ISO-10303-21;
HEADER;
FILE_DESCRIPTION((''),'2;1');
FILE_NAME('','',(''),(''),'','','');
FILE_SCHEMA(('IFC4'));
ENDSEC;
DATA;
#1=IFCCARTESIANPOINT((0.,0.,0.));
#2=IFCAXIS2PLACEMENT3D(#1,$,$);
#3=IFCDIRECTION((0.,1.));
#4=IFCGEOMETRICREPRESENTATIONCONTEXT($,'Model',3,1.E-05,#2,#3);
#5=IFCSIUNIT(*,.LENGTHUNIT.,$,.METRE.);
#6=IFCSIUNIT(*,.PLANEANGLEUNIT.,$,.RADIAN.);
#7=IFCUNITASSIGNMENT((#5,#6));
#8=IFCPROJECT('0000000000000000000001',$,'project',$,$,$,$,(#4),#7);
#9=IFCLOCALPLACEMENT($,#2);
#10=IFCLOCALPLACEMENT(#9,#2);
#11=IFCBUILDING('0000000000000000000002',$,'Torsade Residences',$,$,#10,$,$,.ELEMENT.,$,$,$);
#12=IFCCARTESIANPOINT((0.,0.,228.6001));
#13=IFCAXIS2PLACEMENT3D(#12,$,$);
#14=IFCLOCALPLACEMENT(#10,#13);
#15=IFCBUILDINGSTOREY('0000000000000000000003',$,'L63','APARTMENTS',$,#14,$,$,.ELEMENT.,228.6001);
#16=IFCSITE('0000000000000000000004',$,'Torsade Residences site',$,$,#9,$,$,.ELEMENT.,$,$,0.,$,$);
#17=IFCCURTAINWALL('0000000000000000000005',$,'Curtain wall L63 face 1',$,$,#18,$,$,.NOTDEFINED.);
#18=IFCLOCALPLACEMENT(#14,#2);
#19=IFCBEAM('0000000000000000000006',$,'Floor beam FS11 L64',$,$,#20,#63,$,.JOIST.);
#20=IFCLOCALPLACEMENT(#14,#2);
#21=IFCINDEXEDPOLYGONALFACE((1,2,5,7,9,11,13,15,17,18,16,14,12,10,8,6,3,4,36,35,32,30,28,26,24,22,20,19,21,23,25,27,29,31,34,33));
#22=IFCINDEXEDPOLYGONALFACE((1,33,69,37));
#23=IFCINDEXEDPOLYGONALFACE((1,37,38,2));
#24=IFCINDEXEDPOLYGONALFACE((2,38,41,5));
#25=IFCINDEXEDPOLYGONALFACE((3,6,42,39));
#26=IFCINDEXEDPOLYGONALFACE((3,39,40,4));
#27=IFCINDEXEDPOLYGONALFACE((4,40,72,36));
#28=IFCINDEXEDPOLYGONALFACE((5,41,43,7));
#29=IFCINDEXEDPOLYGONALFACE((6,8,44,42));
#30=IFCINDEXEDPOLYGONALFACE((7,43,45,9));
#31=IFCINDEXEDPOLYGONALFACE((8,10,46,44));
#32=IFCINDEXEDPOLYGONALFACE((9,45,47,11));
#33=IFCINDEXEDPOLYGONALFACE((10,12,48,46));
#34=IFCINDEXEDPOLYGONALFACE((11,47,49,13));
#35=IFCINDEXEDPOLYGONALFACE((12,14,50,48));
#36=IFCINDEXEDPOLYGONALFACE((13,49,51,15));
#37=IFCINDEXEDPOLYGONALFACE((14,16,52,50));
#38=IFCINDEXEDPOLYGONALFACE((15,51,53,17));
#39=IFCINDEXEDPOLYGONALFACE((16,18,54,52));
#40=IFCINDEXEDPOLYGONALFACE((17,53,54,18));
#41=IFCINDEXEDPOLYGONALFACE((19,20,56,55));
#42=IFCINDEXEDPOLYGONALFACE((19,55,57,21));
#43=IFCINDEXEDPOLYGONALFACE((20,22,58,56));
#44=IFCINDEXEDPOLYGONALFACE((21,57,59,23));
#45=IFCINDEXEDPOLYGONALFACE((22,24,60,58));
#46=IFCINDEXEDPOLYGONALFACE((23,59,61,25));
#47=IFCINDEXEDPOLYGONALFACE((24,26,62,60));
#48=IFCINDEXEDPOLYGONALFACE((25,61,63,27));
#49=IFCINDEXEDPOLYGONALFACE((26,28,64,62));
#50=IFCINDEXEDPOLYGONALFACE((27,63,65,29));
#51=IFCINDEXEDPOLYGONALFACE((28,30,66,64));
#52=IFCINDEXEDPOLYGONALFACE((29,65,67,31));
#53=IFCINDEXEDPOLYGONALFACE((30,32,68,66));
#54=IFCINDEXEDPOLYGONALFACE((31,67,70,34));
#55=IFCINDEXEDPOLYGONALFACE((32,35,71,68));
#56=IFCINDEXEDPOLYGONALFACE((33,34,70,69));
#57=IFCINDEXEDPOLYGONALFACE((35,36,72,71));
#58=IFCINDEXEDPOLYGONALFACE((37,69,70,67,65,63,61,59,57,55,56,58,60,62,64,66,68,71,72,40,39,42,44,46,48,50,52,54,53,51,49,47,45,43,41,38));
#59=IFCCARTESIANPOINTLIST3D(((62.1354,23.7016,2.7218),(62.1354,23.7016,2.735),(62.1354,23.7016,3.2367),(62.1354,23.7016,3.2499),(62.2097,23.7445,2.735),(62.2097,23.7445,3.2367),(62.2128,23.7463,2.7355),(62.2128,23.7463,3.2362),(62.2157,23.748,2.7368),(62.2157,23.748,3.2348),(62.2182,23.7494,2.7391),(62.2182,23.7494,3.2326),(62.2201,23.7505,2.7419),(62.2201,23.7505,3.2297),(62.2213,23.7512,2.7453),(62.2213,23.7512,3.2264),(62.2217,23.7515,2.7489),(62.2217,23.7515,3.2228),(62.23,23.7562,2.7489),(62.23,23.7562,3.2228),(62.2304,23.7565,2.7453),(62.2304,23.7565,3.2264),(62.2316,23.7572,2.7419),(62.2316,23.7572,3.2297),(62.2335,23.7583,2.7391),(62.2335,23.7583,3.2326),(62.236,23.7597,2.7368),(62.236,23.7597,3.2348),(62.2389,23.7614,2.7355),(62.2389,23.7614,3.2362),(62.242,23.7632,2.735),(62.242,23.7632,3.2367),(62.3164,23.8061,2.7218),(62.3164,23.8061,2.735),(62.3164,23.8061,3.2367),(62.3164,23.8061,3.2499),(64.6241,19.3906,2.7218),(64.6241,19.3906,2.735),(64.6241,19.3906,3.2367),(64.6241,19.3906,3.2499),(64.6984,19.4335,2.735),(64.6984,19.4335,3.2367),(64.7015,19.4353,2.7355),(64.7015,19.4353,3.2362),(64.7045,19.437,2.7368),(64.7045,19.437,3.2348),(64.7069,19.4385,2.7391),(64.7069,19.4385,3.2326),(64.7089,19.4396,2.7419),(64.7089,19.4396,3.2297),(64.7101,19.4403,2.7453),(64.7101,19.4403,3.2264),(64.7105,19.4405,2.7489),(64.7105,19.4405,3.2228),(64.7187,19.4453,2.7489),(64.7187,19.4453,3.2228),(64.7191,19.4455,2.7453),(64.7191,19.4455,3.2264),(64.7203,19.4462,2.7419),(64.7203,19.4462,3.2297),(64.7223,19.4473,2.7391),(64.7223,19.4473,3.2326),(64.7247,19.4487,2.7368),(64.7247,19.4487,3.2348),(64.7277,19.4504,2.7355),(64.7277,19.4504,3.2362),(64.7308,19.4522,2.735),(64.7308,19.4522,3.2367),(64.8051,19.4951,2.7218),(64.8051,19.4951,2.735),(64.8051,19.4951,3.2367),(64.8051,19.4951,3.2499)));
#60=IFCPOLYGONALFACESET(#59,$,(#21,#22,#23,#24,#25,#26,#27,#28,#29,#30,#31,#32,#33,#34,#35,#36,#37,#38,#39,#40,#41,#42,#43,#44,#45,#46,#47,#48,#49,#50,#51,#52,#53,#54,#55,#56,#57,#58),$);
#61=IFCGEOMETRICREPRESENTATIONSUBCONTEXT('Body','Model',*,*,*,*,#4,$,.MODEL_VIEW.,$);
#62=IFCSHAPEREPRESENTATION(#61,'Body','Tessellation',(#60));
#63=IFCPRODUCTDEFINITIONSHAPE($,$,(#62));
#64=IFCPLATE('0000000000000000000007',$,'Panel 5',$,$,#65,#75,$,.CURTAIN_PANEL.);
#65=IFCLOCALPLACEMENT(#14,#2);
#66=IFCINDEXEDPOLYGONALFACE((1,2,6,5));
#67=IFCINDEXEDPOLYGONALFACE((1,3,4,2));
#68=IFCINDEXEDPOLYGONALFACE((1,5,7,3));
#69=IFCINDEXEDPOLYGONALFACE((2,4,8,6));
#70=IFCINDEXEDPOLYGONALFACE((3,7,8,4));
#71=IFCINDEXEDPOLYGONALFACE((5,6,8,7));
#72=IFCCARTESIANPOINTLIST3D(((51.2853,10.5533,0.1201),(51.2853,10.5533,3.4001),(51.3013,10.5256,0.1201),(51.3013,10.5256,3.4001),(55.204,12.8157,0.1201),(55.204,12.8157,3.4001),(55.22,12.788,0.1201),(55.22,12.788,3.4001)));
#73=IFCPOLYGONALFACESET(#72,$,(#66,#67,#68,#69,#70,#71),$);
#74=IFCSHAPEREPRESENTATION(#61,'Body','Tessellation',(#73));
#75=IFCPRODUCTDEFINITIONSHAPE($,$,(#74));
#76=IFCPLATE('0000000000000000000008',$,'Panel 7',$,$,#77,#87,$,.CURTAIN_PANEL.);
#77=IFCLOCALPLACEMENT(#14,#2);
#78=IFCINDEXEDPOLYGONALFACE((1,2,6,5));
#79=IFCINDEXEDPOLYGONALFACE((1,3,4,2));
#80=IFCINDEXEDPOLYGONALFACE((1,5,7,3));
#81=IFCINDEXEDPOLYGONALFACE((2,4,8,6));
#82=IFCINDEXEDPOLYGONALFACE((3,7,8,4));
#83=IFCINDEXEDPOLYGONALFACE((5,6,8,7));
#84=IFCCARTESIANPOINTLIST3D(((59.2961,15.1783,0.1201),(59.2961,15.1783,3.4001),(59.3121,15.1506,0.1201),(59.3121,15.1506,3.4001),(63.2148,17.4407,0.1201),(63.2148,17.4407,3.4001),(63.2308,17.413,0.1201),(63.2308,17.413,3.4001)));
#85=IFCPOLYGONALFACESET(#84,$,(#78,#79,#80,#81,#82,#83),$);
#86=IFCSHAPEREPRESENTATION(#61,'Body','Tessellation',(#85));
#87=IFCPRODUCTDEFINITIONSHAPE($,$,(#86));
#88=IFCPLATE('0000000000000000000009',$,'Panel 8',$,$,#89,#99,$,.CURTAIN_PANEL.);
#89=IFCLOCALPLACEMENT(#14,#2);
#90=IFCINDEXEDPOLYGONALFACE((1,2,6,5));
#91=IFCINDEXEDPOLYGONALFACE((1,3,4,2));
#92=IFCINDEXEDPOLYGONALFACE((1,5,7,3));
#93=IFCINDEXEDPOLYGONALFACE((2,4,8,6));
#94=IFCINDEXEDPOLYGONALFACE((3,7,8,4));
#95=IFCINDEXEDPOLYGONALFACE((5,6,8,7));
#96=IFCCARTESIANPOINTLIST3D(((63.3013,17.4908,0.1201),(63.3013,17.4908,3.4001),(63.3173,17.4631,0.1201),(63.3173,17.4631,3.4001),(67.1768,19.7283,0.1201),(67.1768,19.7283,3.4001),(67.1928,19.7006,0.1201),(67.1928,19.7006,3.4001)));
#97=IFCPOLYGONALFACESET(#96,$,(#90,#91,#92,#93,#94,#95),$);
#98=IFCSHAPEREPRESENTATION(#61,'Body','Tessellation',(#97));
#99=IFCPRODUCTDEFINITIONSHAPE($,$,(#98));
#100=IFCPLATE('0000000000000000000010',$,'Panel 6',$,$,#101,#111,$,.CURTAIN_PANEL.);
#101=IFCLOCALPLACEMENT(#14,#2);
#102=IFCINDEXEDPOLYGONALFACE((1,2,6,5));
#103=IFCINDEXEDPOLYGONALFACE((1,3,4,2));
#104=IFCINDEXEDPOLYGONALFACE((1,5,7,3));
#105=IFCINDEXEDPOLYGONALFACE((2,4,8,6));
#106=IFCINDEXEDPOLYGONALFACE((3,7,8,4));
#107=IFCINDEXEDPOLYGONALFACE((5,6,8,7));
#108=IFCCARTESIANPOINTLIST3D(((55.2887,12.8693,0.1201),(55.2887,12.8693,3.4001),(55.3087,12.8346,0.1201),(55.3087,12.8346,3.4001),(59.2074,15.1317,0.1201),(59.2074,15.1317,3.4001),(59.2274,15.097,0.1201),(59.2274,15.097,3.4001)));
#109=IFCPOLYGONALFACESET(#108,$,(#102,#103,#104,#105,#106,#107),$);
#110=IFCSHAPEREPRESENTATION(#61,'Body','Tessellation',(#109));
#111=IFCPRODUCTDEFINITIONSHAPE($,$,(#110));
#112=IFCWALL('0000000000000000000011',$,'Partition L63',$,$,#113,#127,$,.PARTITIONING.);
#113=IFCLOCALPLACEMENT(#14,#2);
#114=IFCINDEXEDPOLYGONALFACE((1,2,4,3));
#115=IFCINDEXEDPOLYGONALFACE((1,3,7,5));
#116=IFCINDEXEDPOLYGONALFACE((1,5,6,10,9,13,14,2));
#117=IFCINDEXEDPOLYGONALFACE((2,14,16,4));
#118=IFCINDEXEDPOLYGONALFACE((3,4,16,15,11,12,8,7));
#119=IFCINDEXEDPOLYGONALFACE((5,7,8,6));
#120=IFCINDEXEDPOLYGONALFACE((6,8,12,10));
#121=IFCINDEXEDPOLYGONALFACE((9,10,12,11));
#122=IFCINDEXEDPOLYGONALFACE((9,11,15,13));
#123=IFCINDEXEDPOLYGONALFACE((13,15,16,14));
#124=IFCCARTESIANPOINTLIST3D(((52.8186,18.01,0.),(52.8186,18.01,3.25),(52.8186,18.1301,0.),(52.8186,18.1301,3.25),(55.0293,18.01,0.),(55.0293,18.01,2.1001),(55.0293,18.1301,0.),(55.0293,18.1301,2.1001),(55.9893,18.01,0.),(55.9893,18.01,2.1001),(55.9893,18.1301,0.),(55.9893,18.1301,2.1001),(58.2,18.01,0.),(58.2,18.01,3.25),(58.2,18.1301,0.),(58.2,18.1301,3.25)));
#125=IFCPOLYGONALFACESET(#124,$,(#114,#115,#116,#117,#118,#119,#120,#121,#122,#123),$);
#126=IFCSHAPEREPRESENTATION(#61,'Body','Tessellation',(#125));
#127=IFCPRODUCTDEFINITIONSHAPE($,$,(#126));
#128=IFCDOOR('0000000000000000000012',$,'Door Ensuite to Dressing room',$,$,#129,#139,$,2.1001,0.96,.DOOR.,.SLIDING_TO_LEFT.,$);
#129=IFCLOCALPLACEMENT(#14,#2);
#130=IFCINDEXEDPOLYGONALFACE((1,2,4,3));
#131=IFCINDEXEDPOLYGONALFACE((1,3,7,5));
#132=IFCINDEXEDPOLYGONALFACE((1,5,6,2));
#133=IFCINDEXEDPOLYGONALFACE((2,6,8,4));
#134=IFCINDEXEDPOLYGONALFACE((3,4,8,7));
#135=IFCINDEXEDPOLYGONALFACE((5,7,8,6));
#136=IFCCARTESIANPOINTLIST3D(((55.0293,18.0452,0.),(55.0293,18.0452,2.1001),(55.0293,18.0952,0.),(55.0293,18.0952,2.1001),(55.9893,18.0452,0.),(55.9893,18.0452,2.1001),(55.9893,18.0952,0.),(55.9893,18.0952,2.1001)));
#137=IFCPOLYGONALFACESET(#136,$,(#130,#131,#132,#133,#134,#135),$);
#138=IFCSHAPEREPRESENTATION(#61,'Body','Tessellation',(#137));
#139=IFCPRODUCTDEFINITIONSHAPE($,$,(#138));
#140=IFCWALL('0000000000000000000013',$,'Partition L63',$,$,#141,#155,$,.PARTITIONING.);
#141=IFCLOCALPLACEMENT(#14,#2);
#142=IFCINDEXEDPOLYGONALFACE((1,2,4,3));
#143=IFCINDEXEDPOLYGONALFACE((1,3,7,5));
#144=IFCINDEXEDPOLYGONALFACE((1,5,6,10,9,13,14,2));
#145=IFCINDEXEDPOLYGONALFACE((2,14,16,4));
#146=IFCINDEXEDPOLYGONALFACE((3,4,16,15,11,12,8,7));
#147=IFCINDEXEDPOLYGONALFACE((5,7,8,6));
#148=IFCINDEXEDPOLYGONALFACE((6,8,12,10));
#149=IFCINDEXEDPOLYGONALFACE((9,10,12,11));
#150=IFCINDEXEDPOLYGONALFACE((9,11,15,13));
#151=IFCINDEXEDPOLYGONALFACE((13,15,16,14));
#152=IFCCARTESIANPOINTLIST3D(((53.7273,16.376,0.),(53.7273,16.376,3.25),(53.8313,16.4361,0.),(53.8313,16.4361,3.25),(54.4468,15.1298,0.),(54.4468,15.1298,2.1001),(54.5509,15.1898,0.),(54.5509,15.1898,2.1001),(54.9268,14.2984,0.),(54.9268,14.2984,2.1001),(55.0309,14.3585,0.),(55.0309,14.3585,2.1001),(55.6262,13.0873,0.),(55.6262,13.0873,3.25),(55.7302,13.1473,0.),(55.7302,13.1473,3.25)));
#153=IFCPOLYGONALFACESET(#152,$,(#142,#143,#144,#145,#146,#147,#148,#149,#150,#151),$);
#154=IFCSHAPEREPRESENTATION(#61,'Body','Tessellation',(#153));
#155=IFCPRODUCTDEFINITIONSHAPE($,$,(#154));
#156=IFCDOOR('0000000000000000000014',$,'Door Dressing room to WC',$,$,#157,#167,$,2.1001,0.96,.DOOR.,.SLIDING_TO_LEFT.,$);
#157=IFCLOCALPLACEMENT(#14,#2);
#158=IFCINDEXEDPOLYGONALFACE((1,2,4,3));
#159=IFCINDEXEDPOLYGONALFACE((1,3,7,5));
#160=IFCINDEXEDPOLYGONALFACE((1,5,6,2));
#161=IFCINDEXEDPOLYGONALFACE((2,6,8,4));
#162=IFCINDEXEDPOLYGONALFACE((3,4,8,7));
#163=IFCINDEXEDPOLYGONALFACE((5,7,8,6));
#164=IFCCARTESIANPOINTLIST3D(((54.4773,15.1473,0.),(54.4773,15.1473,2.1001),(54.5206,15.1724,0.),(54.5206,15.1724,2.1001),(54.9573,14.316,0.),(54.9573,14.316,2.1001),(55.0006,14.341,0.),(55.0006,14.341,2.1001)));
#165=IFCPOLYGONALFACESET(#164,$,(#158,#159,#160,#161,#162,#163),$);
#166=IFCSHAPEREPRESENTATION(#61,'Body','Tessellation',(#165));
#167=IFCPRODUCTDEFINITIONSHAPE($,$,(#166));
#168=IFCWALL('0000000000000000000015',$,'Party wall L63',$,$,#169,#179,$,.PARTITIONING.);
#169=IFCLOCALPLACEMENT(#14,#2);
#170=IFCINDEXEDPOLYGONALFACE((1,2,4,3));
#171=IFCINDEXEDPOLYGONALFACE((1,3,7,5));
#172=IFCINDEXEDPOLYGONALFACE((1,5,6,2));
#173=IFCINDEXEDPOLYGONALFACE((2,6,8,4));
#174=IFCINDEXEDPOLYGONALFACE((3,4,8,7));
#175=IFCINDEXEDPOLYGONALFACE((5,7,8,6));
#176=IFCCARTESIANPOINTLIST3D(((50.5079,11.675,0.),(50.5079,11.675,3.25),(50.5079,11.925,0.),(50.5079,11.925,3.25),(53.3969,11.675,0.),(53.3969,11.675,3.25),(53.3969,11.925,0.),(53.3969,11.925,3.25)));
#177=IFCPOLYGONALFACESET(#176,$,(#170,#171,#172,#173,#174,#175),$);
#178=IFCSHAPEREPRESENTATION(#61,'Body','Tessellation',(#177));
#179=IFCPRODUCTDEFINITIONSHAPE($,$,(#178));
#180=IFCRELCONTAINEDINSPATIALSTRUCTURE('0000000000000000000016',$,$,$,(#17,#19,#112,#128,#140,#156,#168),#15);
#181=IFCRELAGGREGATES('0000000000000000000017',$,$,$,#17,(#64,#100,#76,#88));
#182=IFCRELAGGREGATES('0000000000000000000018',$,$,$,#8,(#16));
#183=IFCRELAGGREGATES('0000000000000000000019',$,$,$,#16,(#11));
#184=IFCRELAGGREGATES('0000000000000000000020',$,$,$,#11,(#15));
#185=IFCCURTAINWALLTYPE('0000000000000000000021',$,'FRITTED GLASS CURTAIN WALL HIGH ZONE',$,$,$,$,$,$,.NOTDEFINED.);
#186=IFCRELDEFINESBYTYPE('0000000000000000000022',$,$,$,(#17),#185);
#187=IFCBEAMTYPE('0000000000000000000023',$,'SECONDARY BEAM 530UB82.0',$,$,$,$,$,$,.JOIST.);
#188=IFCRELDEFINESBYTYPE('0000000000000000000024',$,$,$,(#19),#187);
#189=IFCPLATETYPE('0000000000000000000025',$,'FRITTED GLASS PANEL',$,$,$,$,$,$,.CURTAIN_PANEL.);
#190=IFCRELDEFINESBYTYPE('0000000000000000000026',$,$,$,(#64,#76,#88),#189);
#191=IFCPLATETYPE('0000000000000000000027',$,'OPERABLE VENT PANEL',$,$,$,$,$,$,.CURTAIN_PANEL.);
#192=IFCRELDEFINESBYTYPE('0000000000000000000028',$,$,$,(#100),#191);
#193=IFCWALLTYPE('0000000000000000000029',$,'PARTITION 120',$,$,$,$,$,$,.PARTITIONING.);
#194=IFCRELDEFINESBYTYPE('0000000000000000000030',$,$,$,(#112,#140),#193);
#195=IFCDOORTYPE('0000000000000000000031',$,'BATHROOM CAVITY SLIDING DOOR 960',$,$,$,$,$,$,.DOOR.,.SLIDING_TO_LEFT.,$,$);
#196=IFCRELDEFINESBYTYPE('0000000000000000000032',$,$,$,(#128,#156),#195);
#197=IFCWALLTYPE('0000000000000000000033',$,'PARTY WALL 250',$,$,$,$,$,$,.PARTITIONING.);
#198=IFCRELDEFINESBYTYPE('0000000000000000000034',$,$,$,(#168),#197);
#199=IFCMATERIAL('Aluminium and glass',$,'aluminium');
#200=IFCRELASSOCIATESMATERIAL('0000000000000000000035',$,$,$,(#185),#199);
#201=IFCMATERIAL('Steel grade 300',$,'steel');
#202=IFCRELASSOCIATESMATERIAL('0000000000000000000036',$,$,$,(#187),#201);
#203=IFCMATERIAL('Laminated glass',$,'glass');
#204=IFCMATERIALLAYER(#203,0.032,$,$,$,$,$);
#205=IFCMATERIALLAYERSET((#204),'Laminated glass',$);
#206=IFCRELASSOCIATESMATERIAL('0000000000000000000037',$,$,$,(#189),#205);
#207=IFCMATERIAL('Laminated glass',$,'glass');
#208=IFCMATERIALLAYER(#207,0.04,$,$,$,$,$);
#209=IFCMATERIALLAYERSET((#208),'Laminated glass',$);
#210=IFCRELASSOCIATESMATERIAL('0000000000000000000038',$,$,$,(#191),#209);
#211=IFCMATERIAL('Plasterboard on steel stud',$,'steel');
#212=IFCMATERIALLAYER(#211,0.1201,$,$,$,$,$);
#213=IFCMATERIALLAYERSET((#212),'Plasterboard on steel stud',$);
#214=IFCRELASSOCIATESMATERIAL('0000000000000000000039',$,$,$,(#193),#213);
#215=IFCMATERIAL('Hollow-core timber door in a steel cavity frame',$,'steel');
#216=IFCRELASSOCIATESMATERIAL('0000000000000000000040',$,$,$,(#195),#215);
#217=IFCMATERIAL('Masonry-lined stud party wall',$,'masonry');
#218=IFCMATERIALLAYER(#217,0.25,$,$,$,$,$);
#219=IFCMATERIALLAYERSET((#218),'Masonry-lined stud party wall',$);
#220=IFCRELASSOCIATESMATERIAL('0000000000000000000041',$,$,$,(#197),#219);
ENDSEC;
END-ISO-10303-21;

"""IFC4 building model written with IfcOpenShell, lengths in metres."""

from ifc_helpers import new_model, si_unit, direction, frame, frame_2d, origin, origin_2d, place, context, subcontext, project, spatial, rectangle, i_section, extrude, material, layer, layer_set, material_profile, profile_set, type_object, element, fill, aggregate, save


model = new_model("IFC4")

# Units and contexts
model_context = context("Model", 3, precision=1e-05, world=origin(), true_north=direction((0.0, 1.0)))
body_context = subcontext(model_context, "Body", "Model", "MODEL_VIEW")
ifc_project = project(units=[si_unit("LENGTHUNIT", "METRE"), si_unit("PLANEANGLEUNIT", "RADIAN")], contexts=[model_context])

# Site, building, storey
site_placement = place(None, origin())
site = spatial("IfcSite", under=ifc_project, at=site_placement, Name="Torsade Residences site", CompositionType="ELEMENT", RefElevation=0.0)
building_placement = place(site_placement, origin())
building = spatial("IfcBuilding", under=site, at=building_placement, Name="Torsade Residences", CompositionType="ELEMENT")
storey_placement = place(building_placement, frame((0.0, 0.0, 228.6001)))
storey = spatial("IfcBuildingStorey", under=building, at=storey_placement, Name="L63", Description="APARTMENTS", CompositionType="ELEMENT", Elevation=228.6001)

# Curtain wall
ifc_material_1 = material(Name="Aluminium and glass", Category="aluminium")
curtain_wall_type = type_object("IfcCurtainWallType", Name="FRITTED GLASS CURTAIN WALL HIGH ZONE", PredefinedType="NOTDEFINED", material=ifc_material_1)
curtain_wall_placement = place(storey_placement, origin())
curtain_wall = element("IfcCurtainWall", 1, at=curtain_wall_placement, inside=storey, type_object=curtain_wall_type, Name="Curtain wall L63 face 1", PredefinedType="NOTDEFINED")

# Beam
ifc_material_2 = material(Name="Steel grade 300", Category="steel")
ifc_material_profile_1 = material_profile(ifc_material_2, i_section(OverallWidth=0.209, OverallDepth=0.5281, WebThickness=0.0095, FlangeThickness=0.0132, FilletRadius=0.0139, at=origin_2d()), Name="530UB82.0")
ifc_profile_set_1 = profile_set([ifc_material_profile_1], Name="Steel grade 300")
beam_type_1 = type_object("IfcBeamType", Name="SECONDARY BEAM 530UB82.0", PredefinedType="JOIST", material=ifc_profile_set_1)
beam_1_placement = place(storey_placement, frame((64.7146, 19.4429, 2.9858), z_axis=(-0.499969, 0.866043, 0.0), x_axis=(-0.866043, -0.499969, 0.0)))
element("IfcBeam", 2, at=beam_1_placement, inside=storey, type_object=beam_type_1, Name="Floor beam FS11 L64", PredefinedType="JOIST", context=body_context, shape_type="SweptSolid", body=[
    extrude(i_section(OverallWidth=0.209, OverallDepth=0.5281, WebThickness=0.0095, FlangeThickness=0.0132, FilletRadius=0.0139, at=origin_2d()), origin(), (0.0, 0.0, 1.0), 4.9778),
])

# Plates
ifc_material_3 = material(Name="Laminated glass", Category="glass")
ifc_layer_1 = layer(ifc_material_3, 0.032)
ifc_layer_set_1 = layer_set([ifc_layer_1], Name="Laminated glass")
plate_type_1 = type_object("IfcPlateType", Name="FRITTED GLASS PANEL", PredefinedType="CURTAIN_PANEL", material=ifc_layer_set_1)
plate_1_placement = place(storey_placement, frame((53.2527, 11.6707, 0.1201), z_axis=(0.0, 0.0, 1.0), x_axis=(0.866025, 0.5, 0.0)))
plate_1 = element("IfcPlate", 3, at=plate_1_placement, type_object=plate_type_1, Name="Panel 5", PredefinedType="CURTAIN_PANEL", context=body_context, shape_type="SweptSolid", body=[
    extrude(rectangle(XDim=4.5249, YDim=0.032, at=origin_2d()), origin(), (0.0, 0.0, 1.0), 3.28),
])
plate_2_placement = place(storey_placement, frame((61.2634, 16.2957, 0.1201), z_axis=(0.0, 0.0, 1.0), x_axis=(0.866025, 0.5, 0.0)))
plate_2 = element("IfcPlate", 4, at=plate_2_placement, type_object=plate_type_1, Name="Panel 7", PredefinedType="CURTAIN_PANEL", context=body_context, shape_type="SweptSolid", body=[
    extrude(rectangle(XDim=4.5249, YDim=0.032, at=origin_2d()), origin(), (0.0, 0.0, 1.0), 3.28),
])
plate_3_placement = place(storey_placement, frame((65.2471, 18.5957, 0.1201), z_axis=(0.0, 0.0, 1.0), x_axis=(0.866025, 0.5, 0.0)))
plate_3 = element("IfcPlate", 5, at=plate_3_placement, type_object=plate_type_1, Name="Panel 8", PredefinedType="CURTAIN_PANEL", context=body_context, shape_type="SweptSolid", body=[
    extrude(rectangle(XDim=4.4751, YDim=0.032, at=origin_2d()), origin(), (0.0, 0.0, 1.0), 3.28),
])
ifc_material_4 = material(Name="Laminated glass", Category="glass")
ifc_layer_2 = layer(ifc_material_4, 0.04)
ifc_layer_set_2 = layer_set([ifc_layer_2], Name="Laminated glass")
plate_type_2 = type_object("IfcPlateType", Name="OPERABLE VENT PANEL", PredefinedType="CURTAIN_PANEL", material=ifc_layer_set_2)
plate_4_placement = place(storey_placement, frame((57.2581, 13.9832, 0.1201), z_axis=(0.0, 0.0, 1.0), x_axis=(0.866025, 0.5, 0.0)))
plate_4 = element("IfcPlate", 6, at=plate_4_placement, type_object=plate_type_2, Name="Panel 6", PredefinedType="CURTAIN_PANEL", context=body_context, shape_type="SweptSolid", body=[
    extrude(rectangle(XDim=4.5249, YDim=0.04, at=origin_2d()), origin(), (0.0, 0.0, 1.0), 3.28),
])
aggregate(curtain_wall, [plate_1, plate_4, plate_2, plate_3])

# Walls, openings, doors
ifc_material_5 = material(Name="Plasterboard on steel stud", Category="steel")
ifc_layer_3 = layer(ifc_material_5, 0.1201)
ifc_layer_set_3 = layer_set([ifc_layer_3], Name="Plasterboard on steel stud")
wall_type_1 = type_object("IfcWallType", Name="PARTITION 120", PredefinedType="PARTITIONING", material=ifc_layer_set_3)
wall_1_placement = place(storey_placement, frame((58.2, 18.0701, 0.0), z_axis=(0.0, 0.0, 1.0), x_axis=(-1.0, 0.0, 0.0)))
wall_1 = element("IfcWall", 7, at=wall_1_placement, inside=storey, type_object=wall_type_1, Name="Partition L63", PredefinedType="PARTITIONING", context=body_context, shape_type="SweptSolid", body=[
    extrude(rectangle(XDim=5.3813, YDim=0.1201, at=frame_2d((2.6907, 0.0))), origin(), (0.0, 0.0, 1.0), 3.25),
])
opening_1_placement = place(wall_1_placement, frame((2.2107, 0.0, 0.0)))
opening_1 = element("IfcOpeningElement", 8, at=opening_1_placement, cuts=wall_1, PredefinedType="OPENING", context=body_context, shape_type="SweptSolid", body=[
    extrude(rectangle(XDim=0.96, YDim=2.1001, at=frame_2d((0.48, 1.05))), frame((0.0, 0.0701, 0.0), z_axis=(0.0, -1.0, 0.0), x_axis=(1.0, 0.0, 0.0)), (0.0, 0.0, 1.0), 0.1401),
])
ifc_material_6 = material(Name="Hollow-core timber door in a steel cavity frame", Category="steel")
door_type_1 = type_object("IfcDoorType", Name="BATHROOM CAVITY SLIDING DOOR 960", OperationType="SLIDING_TO_LEFT", PredefinedType="DOOR", material=ifc_material_6)
door_1_placement = place(opening_1_placement, origin())
door_1 = element("IfcDoor", 9, at=door_1_placement, inside=storey, type_object=door_type_1, Name="Door Ensuite to Dressing room", OperationType="SLIDING_TO_LEFT", OverallHeight=2.1001, OverallWidth=0.96, PredefinedType="DOOR", context=body_context, shape_type="SweptSolid", body=[
    extrude(rectangle(XDim=0.96, YDim=2.1001, at=frame_2d((0.48, 1.05))), frame((0.0, 0.0249, 0.0), z_axis=(0.0, -1.0, 0.0), x_axis=(1.0, 0.0, 0.0)), (0.0, 0.0, 1.0), 0.05),
])
fill(opening_1, door_1)
wall_2_placement = place(storey_placement, frame((55.6782, 13.1172, 0.0), z_axis=(0.0, 0.0, 1.0), x_axis=(-0.500025, 0.866011, 0.0)))
wall_2 = element("IfcWall", 10, at=wall_2_placement, inside=storey, type_object=wall_type_1, Name="Partition L63", PredefinedType="PARTITIONING", context=body_context, shape_type="SweptSolid", body=[
    extrude(rectangle(XDim=3.7976, YDim=0.1201, at=frame_2d((1.8989, 0.0))), origin(), (0.0, 0.0, 1.0), 3.25),
])
opening_2_placement = place(wall_2_placement, frame((1.3987, 0.0, 0.0)))
opening_2 = element("IfcOpeningElement", 11, at=opening_2_placement, cuts=wall_2, PredefinedType="OPENING", context=body_context, shape_type="SweptSolid", body=[
    extrude(rectangle(XDim=0.96, YDim=2.1001, at=frame_2d((0.48, 1.05))), frame((0.0, 0.0701, 0.0), z_axis=(0.0, -1.0, 0.0), x_axis=(1.0, 0.0, 0.0)), (0.0, 0.0, 1.0), 0.1401),
])
door_2_placement = place(opening_2_placement, origin())
door_2 = element("IfcDoor", 12, at=door_2_placement, inside=storey, type_object=door_type_1, Name="Door Dressing room to WC", OperationType="SLIDING_TO_LEFT", OverallHeight=2.1001, OverallWidth=0.96, PredefinedType="DOOR", context=body_context, shape_type="SweptSolid", body=[
    extrude(rectangle(XDim=0.96, YDim=2.1001, at=frame_2d((0.48, 1.05))), frame((0.0, 0.0249, 0.0), z_axis=(0.0, -1.0, 0.0), x_axis=(1.0, 0.0, 0.0)), (0.0, 0.0, 1.0), 0.05),
])
fill(opening_2, door_2)

# Wall
ifc_material_7 = material(Name="Masonry-lined stud party wall", Category="masonry")
ifc_layer_4 = layer(ifc_material_7, 0.25)
ifc_layer_set_4 = layer_set([ifc_layer_4], Name="Masonry-lined stud party wall")
wall_type_2 = type_object("IfcWallType", Name="PARTY WALL 250", PredefinedType="PARTITIONING", material=ifc_layer_set_4)
wall_3_placement = place(storey_placement, frame((53.3967, 11.8, 0.0), z_axis=(0.0, 0.0, 1.0), x_axis=(-1.0, 0.0, 0.0)))
element("IfcWall", 13, at=wall_3_placement, inside=storey, type_object=wall_type_2, Name="Party wall L63", PredefinedType="PARTITIONING", context=body_context, shape_type="SweptSolid", body=[
    extrude(rectangle(XDim=2.8889, YDim=0.25, at=frame_2d((1.4443, 0.0))), origin(), (0.0, 0.0, 1.0), 3.25),
])

save(model, "model.ifc")
